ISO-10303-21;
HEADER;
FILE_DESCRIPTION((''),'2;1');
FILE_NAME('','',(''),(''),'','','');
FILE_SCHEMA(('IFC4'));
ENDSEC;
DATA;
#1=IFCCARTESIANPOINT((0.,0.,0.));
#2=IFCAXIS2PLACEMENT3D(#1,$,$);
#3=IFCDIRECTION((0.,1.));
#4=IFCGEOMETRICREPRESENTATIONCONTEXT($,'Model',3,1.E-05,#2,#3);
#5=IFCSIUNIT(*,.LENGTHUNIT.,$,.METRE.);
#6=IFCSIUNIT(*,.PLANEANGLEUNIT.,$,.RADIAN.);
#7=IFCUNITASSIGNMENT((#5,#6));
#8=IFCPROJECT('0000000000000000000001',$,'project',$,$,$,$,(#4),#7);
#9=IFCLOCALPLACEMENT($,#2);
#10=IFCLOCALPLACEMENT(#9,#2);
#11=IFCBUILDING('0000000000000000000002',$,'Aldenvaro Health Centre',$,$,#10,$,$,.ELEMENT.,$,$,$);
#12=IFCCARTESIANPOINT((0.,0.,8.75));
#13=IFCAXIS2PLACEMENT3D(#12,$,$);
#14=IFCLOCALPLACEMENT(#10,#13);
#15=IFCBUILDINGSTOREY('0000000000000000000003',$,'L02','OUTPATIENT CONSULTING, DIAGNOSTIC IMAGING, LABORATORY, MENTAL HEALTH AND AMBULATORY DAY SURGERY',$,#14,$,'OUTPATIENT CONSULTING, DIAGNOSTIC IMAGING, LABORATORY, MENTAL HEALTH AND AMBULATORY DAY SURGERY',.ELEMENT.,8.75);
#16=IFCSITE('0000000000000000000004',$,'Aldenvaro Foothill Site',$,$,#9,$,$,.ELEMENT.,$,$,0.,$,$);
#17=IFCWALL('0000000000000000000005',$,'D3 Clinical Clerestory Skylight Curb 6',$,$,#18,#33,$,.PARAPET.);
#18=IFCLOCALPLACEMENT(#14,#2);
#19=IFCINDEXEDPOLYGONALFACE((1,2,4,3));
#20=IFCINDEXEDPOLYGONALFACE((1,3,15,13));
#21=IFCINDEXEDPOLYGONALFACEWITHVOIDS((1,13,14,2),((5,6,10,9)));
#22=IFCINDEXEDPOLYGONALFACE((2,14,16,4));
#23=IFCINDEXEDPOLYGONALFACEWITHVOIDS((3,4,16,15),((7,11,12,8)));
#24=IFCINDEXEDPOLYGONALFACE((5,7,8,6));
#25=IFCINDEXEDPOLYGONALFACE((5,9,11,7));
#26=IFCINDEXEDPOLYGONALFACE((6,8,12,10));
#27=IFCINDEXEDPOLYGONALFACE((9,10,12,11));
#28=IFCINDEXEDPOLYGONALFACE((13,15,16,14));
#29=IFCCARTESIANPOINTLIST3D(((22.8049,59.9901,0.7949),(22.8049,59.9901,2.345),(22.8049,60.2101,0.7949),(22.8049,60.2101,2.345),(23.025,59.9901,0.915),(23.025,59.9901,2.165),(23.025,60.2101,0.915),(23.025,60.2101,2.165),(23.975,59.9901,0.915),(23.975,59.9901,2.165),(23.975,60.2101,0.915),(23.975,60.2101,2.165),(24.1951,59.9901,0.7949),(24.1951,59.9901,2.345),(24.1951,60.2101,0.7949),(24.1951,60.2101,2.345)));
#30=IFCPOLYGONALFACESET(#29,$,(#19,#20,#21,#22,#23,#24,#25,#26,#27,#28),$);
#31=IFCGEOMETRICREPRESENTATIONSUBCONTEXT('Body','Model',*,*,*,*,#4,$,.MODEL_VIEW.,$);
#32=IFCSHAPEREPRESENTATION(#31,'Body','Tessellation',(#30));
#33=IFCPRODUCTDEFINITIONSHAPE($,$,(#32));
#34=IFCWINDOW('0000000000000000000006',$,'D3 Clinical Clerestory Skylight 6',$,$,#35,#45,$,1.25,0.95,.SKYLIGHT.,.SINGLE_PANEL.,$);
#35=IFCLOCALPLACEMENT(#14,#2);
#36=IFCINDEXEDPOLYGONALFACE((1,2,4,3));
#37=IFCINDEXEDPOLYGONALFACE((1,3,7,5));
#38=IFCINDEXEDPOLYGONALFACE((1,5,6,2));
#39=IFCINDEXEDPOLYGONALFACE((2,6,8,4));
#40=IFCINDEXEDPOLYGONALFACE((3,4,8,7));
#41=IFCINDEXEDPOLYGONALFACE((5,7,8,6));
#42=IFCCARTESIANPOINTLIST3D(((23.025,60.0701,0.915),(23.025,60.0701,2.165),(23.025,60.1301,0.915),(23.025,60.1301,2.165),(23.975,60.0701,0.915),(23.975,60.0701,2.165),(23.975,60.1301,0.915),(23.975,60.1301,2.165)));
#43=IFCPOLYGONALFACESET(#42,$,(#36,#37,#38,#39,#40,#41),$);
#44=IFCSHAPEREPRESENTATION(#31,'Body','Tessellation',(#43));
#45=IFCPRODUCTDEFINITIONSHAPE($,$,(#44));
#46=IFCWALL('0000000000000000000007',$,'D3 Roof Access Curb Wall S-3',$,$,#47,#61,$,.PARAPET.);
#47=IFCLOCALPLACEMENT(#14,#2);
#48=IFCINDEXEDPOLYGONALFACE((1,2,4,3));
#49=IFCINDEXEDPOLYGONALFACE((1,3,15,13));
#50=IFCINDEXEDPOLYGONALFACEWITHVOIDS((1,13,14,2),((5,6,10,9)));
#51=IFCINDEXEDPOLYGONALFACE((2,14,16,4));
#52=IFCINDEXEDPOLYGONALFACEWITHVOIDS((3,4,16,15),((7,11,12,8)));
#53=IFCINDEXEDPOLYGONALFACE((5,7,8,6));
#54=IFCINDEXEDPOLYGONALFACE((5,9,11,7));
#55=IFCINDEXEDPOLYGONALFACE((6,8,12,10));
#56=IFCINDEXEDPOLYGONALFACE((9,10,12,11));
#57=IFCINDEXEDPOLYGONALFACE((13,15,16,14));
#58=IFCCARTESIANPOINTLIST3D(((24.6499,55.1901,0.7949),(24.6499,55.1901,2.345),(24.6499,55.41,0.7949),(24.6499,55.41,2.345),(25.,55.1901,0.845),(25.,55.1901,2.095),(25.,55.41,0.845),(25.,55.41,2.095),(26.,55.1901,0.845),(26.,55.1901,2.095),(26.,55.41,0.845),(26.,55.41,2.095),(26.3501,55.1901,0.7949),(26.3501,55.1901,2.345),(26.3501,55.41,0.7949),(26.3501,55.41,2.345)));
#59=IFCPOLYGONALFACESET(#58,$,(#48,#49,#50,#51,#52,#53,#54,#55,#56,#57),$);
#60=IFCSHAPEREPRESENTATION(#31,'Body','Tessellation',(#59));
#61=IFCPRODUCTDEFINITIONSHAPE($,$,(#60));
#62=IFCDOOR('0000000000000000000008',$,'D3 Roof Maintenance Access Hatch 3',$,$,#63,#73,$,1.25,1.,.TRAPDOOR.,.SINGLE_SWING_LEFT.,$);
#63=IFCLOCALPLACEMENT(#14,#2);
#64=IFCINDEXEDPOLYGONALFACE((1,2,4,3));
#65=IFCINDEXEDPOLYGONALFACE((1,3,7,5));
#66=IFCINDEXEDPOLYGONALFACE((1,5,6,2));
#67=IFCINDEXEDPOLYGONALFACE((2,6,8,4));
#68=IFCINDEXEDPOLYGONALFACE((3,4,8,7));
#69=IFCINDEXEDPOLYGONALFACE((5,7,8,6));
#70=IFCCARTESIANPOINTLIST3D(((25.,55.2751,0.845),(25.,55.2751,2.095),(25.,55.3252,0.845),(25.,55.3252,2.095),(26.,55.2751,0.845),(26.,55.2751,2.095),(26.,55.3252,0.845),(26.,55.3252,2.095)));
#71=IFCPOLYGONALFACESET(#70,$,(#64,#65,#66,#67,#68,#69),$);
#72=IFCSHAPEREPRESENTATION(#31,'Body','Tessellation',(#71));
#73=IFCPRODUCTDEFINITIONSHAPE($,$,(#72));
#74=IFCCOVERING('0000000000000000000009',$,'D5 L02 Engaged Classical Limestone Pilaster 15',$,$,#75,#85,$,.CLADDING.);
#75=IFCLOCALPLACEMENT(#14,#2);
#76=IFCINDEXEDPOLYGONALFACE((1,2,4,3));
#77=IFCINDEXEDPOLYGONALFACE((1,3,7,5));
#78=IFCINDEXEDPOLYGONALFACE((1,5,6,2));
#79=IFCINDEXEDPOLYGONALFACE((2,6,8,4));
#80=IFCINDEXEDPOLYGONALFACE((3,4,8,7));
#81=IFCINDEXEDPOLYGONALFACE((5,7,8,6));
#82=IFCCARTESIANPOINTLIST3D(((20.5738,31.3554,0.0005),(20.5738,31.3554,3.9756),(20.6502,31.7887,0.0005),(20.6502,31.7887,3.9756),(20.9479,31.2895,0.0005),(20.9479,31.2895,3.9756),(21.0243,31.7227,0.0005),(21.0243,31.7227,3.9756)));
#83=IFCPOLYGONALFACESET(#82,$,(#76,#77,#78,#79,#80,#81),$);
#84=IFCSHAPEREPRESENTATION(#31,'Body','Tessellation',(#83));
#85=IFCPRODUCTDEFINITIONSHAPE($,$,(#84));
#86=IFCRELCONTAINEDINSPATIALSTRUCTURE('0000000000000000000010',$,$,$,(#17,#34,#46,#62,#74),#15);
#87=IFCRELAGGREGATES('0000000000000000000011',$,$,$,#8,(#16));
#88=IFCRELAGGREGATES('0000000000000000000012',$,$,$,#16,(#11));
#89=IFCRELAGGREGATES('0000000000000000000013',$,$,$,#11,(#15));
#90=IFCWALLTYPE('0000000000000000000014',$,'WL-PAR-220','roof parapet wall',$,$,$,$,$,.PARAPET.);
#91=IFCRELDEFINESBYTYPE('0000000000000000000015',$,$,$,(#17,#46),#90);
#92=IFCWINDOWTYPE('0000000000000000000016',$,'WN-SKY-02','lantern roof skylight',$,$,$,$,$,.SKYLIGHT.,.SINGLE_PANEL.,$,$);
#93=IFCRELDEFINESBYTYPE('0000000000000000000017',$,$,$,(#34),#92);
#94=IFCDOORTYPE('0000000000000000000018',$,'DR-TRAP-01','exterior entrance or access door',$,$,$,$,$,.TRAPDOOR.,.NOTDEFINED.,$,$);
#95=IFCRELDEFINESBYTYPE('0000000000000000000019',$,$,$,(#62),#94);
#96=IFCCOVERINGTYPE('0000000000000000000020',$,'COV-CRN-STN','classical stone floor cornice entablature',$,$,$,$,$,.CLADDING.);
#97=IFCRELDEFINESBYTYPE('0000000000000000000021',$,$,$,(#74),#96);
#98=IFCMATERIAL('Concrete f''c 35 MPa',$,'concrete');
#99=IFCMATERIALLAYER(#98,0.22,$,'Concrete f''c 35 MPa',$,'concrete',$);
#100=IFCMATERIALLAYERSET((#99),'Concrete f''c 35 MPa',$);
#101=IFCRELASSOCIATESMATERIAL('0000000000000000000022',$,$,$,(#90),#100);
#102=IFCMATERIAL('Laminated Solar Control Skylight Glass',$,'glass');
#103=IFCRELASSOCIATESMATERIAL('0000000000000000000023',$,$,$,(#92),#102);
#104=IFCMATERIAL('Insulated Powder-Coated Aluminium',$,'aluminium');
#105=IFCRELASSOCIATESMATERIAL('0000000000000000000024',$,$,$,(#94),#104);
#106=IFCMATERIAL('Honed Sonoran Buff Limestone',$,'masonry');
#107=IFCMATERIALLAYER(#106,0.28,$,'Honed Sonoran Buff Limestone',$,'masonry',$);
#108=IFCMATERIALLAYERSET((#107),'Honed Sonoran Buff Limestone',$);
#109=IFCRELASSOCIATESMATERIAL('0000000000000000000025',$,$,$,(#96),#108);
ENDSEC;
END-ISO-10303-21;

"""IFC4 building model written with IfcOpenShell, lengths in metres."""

from ifc_helpers import new_model, si_unit, direction, frame, frame_2d, origin, origin_2d, place, context, subcontext, project, spatial, rectangle, extrude, material, layer, layer_set, type_object, element, fill, save


model = new_model("IFC4")

# Units and contexts
model_context = context("Model", 3, precision=1e-05, world=origin(), true_north=direction((0.0, 1.0)))
body_context = subcontext(model_context, "Body", "Model", "MODEL_VIEW")
ifc_project = project(units=[si_unit("LENGTHUNIT", "METRE"), si_unit("PLANEANGLEUNIT", "RADIAN")], contexts=[model_context])

# Site, building, storey
site_placement = place(None, origin())
site = spatial("IfcSite", under=ifc_project, at=site_placement, Name="Aldenvaro Foothill Site", CompositionType="ELEMENT", RefElevation=0.0)
building_placement = place(site_placement, origin())
building = spatial("IfcBuilding", under=site, at=building_placement, Name="Aldenvaro Health Centre", CompositionType="ELEMENT")
storey_placement = place(building_placement, frame((0.0, 0.0, 8.75)))
storey = spatial("IfcBuildingStorey", under=building, at=storey_placement, Name="L02", Description="OUTPATIENT CONSULTING, DIAGNOSTIC IMAGING, LABORATORY, MENTAL HEALTH AND AMBULATORY DAY SURGERY", LongName="OUTPATIENT CONSULTING, DIAGNOSTIC IMAGING, LABORATORY, MENTAL HEALTH AND AMBULATORY DAY SURGERY", CompositionType="ELEMENT", Elevation=8.75)

# Shared definitions
ifc_material_1 = material(Name="Concrete f'c 35 MPa", Category="concrete")

# Wall, opening, window
ifc_layer_1 = layer(ifc_material_1, 0.22, Name="Concrete f'c 35 MPa", Category="concrete")
ifc_layer_set_1 = layer_set([ifc_layer_1], Name="Concrete f'c 35 MPa")
wall_type_1 = type_object("IfcWallType", Name="WL-PAR-220", Description="roof parapet wall", PredefinedType="PARAPET", material=ifc_layer_set_1)
wall_1_placement = place(storey_placement, frame((22.8049, 60.1001, 0.7949), z_axis=(0.0, 0.0, 1.0), x_axis=(1.0, 0.0, 0.0)))
wall_1 = element("IfcWall", 1, at=wall_1_placement, inside=storey, type_object=wall_type_1, Name="D3 Clinical Clerestory Skylight Curb 6", PredefinedType="PARAPET", context=body_context, shape_type="SweptSolid", body=[
    extrude(rectangle(XDim=1.3901, YDim=0.22, at=frame_2d((0.6951, 0.0))), origin(), (0.0, 0.0, 1.0), 1.55),
])
opening_1_placement = place(wall_1_placement, frame((0.22, 0.0, 0.1201)))
opening_1 = element("IfcOpeningElement", 2, at=opening_1_placement, cuts=wall_1, PredefinedType="OPENING", context=body_context, shape_type="SweptSolid", body=[
    extrude(rectangle(XDim=0.95, YDim=1.25, at=frame_2d((0.4751, 0.625))), frame((0.0, 0.1201, 0.0), z_axis=(0.0, -1.0, 0.0), x_axis=(1.0, 0.0, 0.0)), (0.0, 0.0, 1.0), 0.24),
])
ifc_material_2 = material(Name="Laminated Solar Control Skylight Glass", Category="glass")
window_type_1 = type_object("IfcWindowType", Name="WN-SKY-02", Description="lantern roof skylight", PartitioningType="SINGLE_PANEL", PredefinedType="SKYLIGHT", material=ifc_material_2)
window_1_placement = place(opening_1_placement, origin())
window_1 = element("IfcWindow", 3, at=window_1_placement, inside=storey, type_object=window_type_1, Name="D3 Clinical Clerestory Skylight 6", OverallHeight=1.25, OverallWidth=0.95, PartitioningType="SINGLE_PANEL", PredefinedType="SKYLIGHT", context=body_context, shape_type="SweptSolid", body=[
    extrude(rectangle(XDim=0.95, YDim=1.25, at=frame_2d((0.4751, 0.625))), frame((0.0, 0.03, 0.0), z_axis=(0.0, -1.0, 0.0), x_axis=(1.0, 0.0, 0.0)), (0.0, 0.0, 1.0), 0.0601),
])
fill(opening_1, window_1)

# Wall, opening, door
wall_2_placement = place(storey_placement, frame((26.3501, 55.3, 0.7949), z_axis=(0.0, 0.0, 1.0), x_axis=(-1.0, 0.0, 0.0)))
wall_2 = element("IfcWall", 4, at=wall_2_placement, inside=storey, type_object=wall_type_1, Name="D3 Roof Access Curb Wall S-3", PredefinedType="PARAPET", context=body_context, shape_type="SweptSolid", body=[
    extrude(rectangle(XDim=1.7002, YDim=0.22, at=frame_2d((0.8501, 0.0))), origin(), (0.0, 0.0, 1.0), 1.55),
])
opening_2_placement = place(wall_2_placement, frame((0.3501, 0.0, 0.05)))
opening_2 = element("IfcOpeningElement", 5, at=opening_2_placement, cuts=wall_2, PredefinedType="OPENING", context=body_context, shape_type="SweptSolid", body=[
    extrude(rectangle(XDim=1.0, YDim=1.25, at=frame_2d((0.5, 0.625))), frame((0.0, 0.1201, 0.0), z_axis=(0.0, -1.0, 0.0), x_axis=(1.0, 0.0, 0.0)), (0.0, 0.0, 1.0), 0.24),
])
ifc_material_3 = material(Name="Insulated Powder-Coated Aluminium", Category="aluminium")
door_type = type_object("IfcDoorType", Name="DR-TRAP-01", Description="exterior entrance or access door", OperationType="NOTDEFINED", PredefinedType="TRAPDOOR", material=ifc_material_3)
door_placement = place(opening_2_placement, origin())
door = element("IfcDoor", 6, at=door_placement, inside=storey, type_object=door_type, Name="D3 Roof Maintenance Access Hatch 3", OperationType="SINGLE_SWING_LEFT", OverallHeight=1.25, OverallWidth=1.0, PredefinedType="TRAPDOOR", context=body_context, shape_type="SweptSolid", body=[
    extrude(rectangle(XDim=1.0, YDim=1.25, at=frame_2d((0.5, 0.625))), frame((0.0, 0.0249, 0.0), z_axis=(0.0, -1.0, 0.0), x_axis=(1.0, 0.0, 0.0)), (0.0, 0.0, 1.0), 0.05),
])
fill(opening_2, door)

# Covering
ifc_material_4 = material(Name="Honed Sonoran Buff Limestone", Category="masonry")
ifc_layer_2 = layer(ifc_material_4, 0.28, Name="Honed Sonoran Buff Limestone", Category="masonry")
ifc_layer_set_2 = layer_set([ifc_layer_2], Name="Honed Sonoran Buff Limestone")
covering_type = type_object("IfcCoveringType", Name="COV-CRN-STN", Description="classical stone floor cornice entablature", PredefinedType="CLADDING", material=ifc_layer_set_2)
covering_placement = place(storey_placement, frame((20.7991, 31.5391, 0.0005), z_axis=(0.0, 0.0, 1.0), x_axis=(0.173644, 0.984809, 0.0)))
element("IfcCovering", 7, at=covering_placement, inside=storey, type_object=covering_type, Name="D5 L02 Engaged Classical Limestone Pilaster 15", PredefinedType="CLADDING", context=body_context, shape_type="SweptSolid", body=[
    extrude(rectangle(XDim=0.4399, YDim=0.3799, at=origin_2d()), origin(), (0.0, 0.0, 1.0), 3.9751),
])

save(model, "model.ifc")
